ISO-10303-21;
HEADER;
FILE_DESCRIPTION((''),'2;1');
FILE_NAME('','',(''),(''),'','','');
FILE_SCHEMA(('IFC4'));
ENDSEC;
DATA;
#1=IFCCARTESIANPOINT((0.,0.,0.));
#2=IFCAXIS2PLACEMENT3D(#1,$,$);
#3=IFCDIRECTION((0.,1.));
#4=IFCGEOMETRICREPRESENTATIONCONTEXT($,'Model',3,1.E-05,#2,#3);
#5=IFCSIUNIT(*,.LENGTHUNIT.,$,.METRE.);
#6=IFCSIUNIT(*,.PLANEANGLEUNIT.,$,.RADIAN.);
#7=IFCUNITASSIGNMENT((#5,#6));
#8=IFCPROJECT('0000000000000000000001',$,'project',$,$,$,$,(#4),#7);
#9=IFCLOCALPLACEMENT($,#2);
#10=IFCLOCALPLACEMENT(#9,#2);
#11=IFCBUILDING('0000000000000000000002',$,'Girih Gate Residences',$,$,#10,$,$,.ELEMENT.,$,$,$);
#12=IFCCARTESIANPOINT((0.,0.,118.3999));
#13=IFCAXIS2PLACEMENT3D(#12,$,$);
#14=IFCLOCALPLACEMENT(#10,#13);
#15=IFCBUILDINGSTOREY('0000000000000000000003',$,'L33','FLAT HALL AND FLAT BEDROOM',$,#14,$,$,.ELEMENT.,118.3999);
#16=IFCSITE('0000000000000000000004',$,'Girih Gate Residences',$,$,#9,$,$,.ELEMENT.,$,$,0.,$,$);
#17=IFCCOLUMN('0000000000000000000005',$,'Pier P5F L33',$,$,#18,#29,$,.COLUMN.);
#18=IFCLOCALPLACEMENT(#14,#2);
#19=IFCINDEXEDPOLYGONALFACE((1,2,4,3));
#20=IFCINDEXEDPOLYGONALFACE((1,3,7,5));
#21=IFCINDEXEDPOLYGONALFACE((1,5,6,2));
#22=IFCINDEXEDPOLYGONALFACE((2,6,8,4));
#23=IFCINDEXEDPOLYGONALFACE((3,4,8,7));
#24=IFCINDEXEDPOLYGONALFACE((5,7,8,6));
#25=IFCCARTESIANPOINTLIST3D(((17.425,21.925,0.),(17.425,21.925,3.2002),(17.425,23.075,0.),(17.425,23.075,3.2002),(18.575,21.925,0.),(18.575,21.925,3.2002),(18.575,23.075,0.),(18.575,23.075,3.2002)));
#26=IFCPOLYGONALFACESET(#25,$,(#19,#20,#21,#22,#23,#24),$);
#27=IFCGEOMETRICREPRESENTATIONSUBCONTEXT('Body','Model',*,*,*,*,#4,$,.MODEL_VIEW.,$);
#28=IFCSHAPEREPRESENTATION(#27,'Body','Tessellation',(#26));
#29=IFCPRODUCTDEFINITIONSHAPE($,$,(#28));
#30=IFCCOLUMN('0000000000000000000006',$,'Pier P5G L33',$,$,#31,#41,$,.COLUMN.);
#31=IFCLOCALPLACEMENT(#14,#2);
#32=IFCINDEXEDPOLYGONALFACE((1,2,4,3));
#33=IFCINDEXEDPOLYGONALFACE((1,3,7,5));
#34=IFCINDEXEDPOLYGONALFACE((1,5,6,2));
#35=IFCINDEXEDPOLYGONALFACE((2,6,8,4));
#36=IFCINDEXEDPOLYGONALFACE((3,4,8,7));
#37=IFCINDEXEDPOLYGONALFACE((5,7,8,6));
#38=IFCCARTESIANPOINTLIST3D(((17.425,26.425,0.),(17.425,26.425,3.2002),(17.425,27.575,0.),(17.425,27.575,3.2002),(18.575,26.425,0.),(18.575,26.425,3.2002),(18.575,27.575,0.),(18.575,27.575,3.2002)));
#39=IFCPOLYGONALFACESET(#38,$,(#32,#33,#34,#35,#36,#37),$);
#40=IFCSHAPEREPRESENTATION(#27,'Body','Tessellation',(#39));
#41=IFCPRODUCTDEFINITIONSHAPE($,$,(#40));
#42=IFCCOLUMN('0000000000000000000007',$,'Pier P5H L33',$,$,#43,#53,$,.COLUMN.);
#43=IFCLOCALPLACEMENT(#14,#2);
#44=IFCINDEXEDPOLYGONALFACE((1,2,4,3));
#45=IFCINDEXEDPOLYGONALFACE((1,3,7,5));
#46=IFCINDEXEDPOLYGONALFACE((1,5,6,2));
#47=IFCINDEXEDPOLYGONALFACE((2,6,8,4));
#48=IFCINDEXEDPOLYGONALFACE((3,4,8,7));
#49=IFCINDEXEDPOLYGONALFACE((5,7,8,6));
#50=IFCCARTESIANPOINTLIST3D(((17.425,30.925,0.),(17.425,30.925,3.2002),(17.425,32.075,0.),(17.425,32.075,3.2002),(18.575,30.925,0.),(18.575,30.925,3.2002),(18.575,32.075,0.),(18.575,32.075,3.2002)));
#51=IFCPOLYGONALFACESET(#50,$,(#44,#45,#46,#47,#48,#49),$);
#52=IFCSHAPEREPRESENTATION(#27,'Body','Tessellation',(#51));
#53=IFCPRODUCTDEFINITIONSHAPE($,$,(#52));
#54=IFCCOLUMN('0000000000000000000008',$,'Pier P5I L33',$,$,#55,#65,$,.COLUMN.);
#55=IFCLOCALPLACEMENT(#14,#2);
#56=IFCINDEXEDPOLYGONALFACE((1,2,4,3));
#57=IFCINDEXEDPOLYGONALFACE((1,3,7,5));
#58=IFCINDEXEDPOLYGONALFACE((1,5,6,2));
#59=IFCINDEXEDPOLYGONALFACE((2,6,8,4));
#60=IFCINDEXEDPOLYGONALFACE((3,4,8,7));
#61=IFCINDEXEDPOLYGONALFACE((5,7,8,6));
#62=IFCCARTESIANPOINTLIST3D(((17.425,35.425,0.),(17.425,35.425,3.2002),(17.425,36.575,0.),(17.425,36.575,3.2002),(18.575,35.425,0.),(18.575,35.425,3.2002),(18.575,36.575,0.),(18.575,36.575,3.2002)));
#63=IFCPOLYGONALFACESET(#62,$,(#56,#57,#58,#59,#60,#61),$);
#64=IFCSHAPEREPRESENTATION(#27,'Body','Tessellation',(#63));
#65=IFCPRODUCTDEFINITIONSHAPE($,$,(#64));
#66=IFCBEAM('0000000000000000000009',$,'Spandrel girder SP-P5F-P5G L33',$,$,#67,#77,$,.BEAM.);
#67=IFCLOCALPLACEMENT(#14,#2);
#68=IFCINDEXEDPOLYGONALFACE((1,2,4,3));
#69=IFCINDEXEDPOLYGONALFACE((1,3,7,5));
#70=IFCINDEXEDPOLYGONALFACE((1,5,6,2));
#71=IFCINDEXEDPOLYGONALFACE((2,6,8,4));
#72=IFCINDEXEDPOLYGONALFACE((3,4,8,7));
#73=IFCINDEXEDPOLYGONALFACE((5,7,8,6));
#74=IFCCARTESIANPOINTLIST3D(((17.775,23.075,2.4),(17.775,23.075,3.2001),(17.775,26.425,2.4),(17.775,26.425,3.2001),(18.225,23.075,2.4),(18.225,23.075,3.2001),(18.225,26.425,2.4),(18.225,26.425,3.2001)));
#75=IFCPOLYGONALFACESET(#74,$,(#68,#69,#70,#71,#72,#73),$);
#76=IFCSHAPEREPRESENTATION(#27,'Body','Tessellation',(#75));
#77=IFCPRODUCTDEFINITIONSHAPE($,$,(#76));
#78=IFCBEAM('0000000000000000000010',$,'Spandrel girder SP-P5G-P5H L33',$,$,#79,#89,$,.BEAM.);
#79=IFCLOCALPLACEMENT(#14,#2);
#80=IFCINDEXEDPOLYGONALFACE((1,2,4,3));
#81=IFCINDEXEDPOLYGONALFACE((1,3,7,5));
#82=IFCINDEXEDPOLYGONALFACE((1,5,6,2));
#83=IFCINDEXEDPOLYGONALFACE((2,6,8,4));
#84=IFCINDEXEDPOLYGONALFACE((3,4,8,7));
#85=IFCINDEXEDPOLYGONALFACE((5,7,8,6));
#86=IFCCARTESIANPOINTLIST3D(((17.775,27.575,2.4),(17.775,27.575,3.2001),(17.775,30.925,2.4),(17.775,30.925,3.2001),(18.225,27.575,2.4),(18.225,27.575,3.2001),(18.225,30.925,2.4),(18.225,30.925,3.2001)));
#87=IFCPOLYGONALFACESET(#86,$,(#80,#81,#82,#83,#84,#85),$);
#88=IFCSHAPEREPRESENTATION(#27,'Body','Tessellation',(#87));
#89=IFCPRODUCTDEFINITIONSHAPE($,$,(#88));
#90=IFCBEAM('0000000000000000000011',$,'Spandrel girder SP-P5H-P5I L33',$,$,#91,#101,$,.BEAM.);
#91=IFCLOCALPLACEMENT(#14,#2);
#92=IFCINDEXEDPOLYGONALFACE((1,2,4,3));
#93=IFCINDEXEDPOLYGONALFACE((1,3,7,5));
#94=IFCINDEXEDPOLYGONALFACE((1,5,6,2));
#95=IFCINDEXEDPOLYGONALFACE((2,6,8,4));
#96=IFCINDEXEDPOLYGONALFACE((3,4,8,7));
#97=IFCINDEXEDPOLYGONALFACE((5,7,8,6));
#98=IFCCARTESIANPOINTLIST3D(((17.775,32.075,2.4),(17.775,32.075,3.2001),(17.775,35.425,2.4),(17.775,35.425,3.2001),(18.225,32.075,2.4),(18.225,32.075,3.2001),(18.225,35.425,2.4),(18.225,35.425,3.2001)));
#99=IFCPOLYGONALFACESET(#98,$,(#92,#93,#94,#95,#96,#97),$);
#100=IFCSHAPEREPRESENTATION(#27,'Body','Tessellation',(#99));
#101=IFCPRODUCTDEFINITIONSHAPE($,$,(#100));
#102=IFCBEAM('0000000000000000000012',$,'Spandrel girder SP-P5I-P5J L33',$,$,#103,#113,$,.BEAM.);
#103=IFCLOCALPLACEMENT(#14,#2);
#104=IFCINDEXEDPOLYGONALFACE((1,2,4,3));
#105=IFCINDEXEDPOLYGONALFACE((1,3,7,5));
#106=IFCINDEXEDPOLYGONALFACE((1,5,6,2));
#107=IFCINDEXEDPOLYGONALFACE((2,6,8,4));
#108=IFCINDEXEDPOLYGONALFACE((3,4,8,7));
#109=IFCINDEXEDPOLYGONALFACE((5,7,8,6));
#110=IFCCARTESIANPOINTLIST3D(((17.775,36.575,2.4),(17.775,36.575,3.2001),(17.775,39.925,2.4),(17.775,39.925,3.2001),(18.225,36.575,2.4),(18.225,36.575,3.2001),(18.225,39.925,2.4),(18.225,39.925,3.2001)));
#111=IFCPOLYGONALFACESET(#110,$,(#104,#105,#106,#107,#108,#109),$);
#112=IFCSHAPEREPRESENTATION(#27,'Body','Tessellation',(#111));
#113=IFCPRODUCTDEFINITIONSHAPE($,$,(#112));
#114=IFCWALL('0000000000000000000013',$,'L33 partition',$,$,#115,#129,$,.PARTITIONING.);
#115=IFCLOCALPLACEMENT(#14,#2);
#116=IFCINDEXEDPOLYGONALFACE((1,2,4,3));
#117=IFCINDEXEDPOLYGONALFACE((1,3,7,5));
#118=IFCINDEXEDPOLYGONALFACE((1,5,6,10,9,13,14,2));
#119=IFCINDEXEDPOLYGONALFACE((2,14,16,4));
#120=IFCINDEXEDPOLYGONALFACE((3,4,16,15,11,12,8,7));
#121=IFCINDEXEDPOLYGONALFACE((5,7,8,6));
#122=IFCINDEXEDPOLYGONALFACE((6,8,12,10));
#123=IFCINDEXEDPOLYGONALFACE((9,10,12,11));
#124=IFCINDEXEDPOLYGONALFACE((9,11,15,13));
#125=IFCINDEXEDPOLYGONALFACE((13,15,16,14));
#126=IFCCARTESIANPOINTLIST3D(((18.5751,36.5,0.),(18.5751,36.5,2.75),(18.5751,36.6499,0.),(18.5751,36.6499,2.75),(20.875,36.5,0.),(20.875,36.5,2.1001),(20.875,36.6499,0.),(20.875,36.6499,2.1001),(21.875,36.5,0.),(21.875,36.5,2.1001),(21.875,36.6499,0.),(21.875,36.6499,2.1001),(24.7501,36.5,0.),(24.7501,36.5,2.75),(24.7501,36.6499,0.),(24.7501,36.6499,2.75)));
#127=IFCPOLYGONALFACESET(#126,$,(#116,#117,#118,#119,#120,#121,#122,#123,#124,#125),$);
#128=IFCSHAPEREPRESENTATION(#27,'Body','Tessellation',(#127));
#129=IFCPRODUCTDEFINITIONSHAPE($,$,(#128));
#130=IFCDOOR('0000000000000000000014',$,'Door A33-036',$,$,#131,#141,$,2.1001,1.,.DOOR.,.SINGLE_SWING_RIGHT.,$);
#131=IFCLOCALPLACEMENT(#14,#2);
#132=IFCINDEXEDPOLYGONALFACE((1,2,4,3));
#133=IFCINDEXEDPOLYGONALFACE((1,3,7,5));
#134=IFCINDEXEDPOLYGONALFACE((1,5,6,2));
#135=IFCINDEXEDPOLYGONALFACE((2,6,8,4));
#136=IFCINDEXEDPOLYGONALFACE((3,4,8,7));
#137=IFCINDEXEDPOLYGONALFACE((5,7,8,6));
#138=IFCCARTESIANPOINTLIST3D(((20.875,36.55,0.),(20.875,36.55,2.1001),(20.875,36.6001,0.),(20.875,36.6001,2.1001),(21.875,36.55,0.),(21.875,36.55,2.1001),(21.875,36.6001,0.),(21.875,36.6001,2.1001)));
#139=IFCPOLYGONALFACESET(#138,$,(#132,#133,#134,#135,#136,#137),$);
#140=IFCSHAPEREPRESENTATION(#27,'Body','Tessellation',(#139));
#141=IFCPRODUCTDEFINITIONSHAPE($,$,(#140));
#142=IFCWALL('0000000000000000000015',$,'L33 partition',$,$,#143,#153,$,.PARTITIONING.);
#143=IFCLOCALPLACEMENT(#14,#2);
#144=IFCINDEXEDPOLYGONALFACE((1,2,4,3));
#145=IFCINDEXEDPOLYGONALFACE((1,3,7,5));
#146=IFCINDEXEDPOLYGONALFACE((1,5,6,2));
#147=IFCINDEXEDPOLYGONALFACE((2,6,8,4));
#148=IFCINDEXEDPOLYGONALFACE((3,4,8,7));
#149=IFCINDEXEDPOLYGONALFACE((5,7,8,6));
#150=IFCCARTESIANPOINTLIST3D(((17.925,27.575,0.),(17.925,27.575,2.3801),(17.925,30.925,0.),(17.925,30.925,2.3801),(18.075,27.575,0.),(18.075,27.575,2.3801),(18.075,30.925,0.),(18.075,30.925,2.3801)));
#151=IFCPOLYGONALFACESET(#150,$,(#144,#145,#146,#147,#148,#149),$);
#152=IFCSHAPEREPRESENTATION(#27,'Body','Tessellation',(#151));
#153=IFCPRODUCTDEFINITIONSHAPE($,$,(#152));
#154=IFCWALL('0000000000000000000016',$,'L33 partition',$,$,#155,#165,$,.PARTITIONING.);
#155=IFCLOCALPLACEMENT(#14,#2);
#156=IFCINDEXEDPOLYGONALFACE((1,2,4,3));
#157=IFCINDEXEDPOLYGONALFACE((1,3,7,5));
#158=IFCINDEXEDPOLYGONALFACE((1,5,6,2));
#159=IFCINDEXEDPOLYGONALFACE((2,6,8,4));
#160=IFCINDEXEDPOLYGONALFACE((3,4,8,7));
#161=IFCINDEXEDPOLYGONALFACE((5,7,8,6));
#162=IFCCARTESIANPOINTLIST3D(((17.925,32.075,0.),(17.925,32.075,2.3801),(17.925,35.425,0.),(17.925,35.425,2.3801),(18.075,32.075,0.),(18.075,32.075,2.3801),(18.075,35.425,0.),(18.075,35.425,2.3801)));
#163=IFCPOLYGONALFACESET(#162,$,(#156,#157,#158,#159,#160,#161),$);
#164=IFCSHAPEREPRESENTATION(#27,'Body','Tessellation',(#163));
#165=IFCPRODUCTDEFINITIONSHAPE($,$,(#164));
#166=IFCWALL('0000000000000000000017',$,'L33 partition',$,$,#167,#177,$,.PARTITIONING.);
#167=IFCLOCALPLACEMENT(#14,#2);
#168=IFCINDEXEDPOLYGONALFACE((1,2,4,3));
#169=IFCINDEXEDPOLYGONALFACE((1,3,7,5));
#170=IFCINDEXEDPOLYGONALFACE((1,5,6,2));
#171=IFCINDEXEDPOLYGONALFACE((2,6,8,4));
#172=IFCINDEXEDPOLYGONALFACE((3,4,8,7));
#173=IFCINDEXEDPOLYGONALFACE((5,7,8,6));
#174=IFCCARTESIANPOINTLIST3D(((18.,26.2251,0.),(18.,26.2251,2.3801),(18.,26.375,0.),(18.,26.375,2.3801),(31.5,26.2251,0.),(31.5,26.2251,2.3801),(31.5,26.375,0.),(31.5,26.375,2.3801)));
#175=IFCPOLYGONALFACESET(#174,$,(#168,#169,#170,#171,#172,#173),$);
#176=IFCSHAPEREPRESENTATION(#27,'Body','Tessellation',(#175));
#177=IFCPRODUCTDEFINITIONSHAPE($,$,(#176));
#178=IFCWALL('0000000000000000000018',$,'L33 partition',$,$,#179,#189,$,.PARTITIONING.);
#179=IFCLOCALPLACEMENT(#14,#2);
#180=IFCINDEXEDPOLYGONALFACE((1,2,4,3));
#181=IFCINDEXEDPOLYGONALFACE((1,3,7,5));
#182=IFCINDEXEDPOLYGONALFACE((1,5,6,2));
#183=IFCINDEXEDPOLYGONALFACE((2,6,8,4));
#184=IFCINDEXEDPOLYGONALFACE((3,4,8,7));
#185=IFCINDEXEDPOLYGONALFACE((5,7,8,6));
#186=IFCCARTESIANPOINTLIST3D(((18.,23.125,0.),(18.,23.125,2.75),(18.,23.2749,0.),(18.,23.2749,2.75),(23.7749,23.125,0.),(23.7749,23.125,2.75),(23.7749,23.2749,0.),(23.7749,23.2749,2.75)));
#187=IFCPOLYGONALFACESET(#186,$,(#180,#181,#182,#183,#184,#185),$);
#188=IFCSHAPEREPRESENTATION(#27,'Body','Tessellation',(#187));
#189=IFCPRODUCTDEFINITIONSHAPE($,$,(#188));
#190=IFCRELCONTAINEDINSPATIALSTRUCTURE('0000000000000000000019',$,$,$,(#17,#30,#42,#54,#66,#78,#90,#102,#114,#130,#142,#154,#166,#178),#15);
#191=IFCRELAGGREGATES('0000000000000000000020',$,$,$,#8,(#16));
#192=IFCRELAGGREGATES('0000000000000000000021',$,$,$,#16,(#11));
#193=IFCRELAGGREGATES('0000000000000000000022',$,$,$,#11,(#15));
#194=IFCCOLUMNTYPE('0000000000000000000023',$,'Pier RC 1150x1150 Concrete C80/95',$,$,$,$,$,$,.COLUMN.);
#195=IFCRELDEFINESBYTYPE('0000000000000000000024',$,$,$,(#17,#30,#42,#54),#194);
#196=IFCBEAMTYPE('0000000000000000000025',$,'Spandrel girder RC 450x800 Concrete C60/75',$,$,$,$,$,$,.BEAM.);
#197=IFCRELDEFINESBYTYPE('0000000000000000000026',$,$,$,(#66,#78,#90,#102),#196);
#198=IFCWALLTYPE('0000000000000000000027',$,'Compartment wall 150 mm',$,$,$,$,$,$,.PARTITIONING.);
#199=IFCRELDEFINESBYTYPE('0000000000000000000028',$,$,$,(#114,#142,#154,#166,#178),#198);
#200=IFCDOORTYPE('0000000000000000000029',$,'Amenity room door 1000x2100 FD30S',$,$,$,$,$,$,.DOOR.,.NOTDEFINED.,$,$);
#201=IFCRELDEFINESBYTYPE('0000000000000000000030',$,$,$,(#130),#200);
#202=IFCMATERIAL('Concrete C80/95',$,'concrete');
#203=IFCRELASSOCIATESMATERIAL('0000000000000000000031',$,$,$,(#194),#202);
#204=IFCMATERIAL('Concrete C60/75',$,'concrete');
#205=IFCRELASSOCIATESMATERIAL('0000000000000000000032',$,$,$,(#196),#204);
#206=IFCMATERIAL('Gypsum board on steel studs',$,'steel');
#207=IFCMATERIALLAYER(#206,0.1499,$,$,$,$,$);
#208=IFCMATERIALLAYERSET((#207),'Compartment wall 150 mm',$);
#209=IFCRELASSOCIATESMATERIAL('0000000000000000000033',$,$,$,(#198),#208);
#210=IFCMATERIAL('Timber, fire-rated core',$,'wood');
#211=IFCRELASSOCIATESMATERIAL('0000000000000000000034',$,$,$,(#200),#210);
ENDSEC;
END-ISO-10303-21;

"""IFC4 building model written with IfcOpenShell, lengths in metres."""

from ifc_helpers import new_model, si_unit, direction, frame, frame_2d, origin, origin_2d, place, context, subcontext, project, spatial, rectangle, extrude, material, layer, layer_set, material_profile, profile_set, type_object, element, fill, save


model = new_model("IFC4")

# Units and contexts
model_context = context("Model", 3, precision=1e-05, world=origin(), true_north=direction((0.0, 1.0)))
body_context = subcontext(model_context, "Body", "Model", "MODEL_VIEW")
ifc_project = project(units=[si_unit("LENGTHUNIT", "METRE"), si_unit("PLANEANGLEUNIT", "RADIAN")], contexts=[model_context])

# Site, building, storey
site_placement = place(None, origin())
site = spatial("IfcSite", under=ifc_project, at=site_placement, Name="Girih Gate Residences", CompositionType="ELEMENT", RefElevation=0.0)
building_placement = place(site_placement, origin())
building = spatial("IfcBuilding", under=site, at=building_placement, Name="Girih Gate Residences", CompositionType="ELEMENT")
storey_placement = place(building_placement, frame((0.0, 0.0, 118.3999)))
storey = spatial("IfcBuildingStorey", under=building, at=storey_placement, Name="L33", Description="FLAT HALL AND FLAT BEDROOM", CompositionType="ELEMENT", Elevation=118.3999)

# Columns
ifc_material_1 = material(Name="Concrete C80/95", Category="concrete")
ifc_material_profile_1 = material_profile(ifc_material_1, rectangle(XDim=1.1499, YDim=1.1499, at=origin_2d()))
ifc_profile_set_1 = profile_set([ifc_material_profile_1], Name="Concrete C80/95")
column_type = type_object("IfcColumnType", Name="Pier RC 1150x1150 Concrete C80/95", PredefinedType="COLUMN", material=ifc_profile_set_1)
for number, where, z_axis, x_axis, name in (
    (1, (18.0, 22.5, 0.0), (0.0, 0.0, 1.0), (1.0, 0.0, 0.0), "Pier P5F L33"),
    (2, (18.0, 27.0, 0.0), (0.0, 0.0, 1.0), (1.0, 0.0, 0.0), "Pier P5G L33"),
    (3, (18.0, 31.5, 0.0), (0.0, 0.0, 1.0), (1.0, 0.0, 0.0), "Pier P5H L33"),
    (4, (18.0, 36.0, 0.0), (0.0, 0.0, 1.0), (1.0, 0.0, 0.0), "Pier P5I L33"),
):
    element("IfcColumn", number, at=place(storey_placement, frame(where, z_axis=z_axis, x_axis=x_axis)), inside=storey, type_object=column_type, Name=name, PredefinedType="COLUMN", context=body_context, shape_type="SweptSolid", body=[
        extrude(rectangle(XDim=1.1499, YDim=1.1499, at=origin_2d()), origin(), (0.0, 0.0, 1.0), 3.2002),
    ])

# Beams
ifc_material_2 = material(Name="Concrete C60/75", Category="concrete")
ifc_material_profile_2 = material_profile(ifc_material_2, rectangle(XDim=0.45, YDim=0.8, at=origin_2d()))
ifc_profile_set_2 = profile_set([ifc_material_profile_2], Name="Concrete C60/75")
beam_type = type_object("IfcBeamType", Name="Spandrel girder RC 450x800 Concrete C60/75", PredefinedType="BEAM", material=ifc_profile_set_2)
for number, where, z_axis, x_axis, name in (
    (5, (18.0, 23.075, 2.8), (0.0, 1.0, 0.0), (-1.0, 0.0, 0.0), "Spandrel girder SP-P5F-P5G L33"),
    (6, (18.0, 27.575, 2.8), (0.0, 1.0, 0.0), (-1.0, 0.0, 0.0), "Spandrel girder SP-P5G-P5H L33"),
    (7, (18.0, 32.075, 2.8), (0.0, 1.0, 0.0), (-1.0, 0.0, 0.0), "Spandrel girder SP-P5H-P5I L33"),
    (8, (18.0, 36.575, 2.8), (0.0, 1.0, 0.0), (-1.0, 0.0, 0.0), "Spandrel girder SP-P5I-P5J L33"),
):
    element("IfcBeam", number, at=place(storey_placement, frame(where, z_axis=z_axis, x_axis=x_axis)), inside=storey, type_object=beam_type, Name=name, PredefinedType="BEAM", context=body_context, shape_type="SweptSolid", body=[
        extrude(rectangle(XDim=0.45, YDim=0.8, at=origin_2d()), origin(), (0.0, 0.0, 1.0), 3.3501),
    ])

# Wall, opening, door
ifc_material_3 = material(Name="Gypsum board on steel studs", Category="steel")
ifc_layer_1 = layer(ifc_material_3, 0.1499)
ifc_layer_set_1 = layer_set([ifc_layer_1], Name="Compartment wall 150 mm")
wall_type_1 = type_object("IfcWallType", Name="Compartment wall 150 mm", PredefinedType="PARTITIONING", material=ifc_layer_set_1)
wall_1_placement = place(storey_placement, frame((24.75, 36.575, 0.0), z_axis=(0.0, 0.0, 1.0), x_axis=(-1.0, 0.0, 0.0)))
wall_1 = element("IfcWall", 9, at=wall_1_placement, inside=storey, type_object=wall_type_1, Name="L33 partition", PredefinedType="PARTITIONING", context=body_context, shape_type="SweptSolid", body=[
    extrude(rectangle(XDim=6.175, YDim=0.1499, at=frame_2d((3.0874, 0.0))), origin(), (0.0, 0.0, 1.0), 2.75),
])
opening_1_placement = place(wall_1_placement, frame((2.875, 0.0, 0.0)))
opening_1 = element("IfcOpeningElement", 10, at=opening_1_placement, cuts=wall_1, PredefinedType="OPENING", context=body_context, shape_type="SweptSolid", body=[
    extrude(rectangle(XDim=1.0, YDim=2.1001, at=frame_2d((0.5, 1.05))), frame((0.0, 0.085, 0.0), z_axis=(0.0, -1.0, 0.0), x_axis=(1.0, 0.0, 0.0)), (0.0, 0.0, 1.0), 0.1699),
])
ifc_material_4 = material(Name="Timber, fire-rated core", Category="wood")
door_type_1 = type_object("IfcDoorType", Name="Amenity room door 1000x2100 FD30S", OperationType="NOTDEFINED", PredefinedType="DOOR", material=ifc_material_4)
door_1_placement = place(opening_1_placement, origin())
door_1 = element("IfcDoor", 11, at=door_1_placement, inside=storey, type_object=door_type_1, Name="Door A33-036", OperationType="SINGLE_SWING_RIGHT", OverallHeight=2.1001, OverallWidth=1.0, PredefinedType="DOOR", context=body_context, shape_type="SweptSolid", body=[
    extrude(rectangle(XDim=1.0, YDim=2.1001, at=frame_2d((0.5, 1.05))), frame((0.0, 0.0249, 0.0), z_axis=(0.0, -1.0, 0.0), x_axis=(1.0, 0.0, 0.0)), (0.0, 0.0, 1.0), 0.05),
])
fill(opening_1, door_1)

# Walls
for number, where, z_axis, x_axis, name in (
    (12, (18.0, 27.575, 0.0), (0.0, 0.0, 1.0), (0.0, 1.0, 0.0), "L33 partition"),
    (13, (18.0, 32.075, 0.0), (0.0, 0.0, 1.0), (0.0, 1.0, 0.0), "L33 partition"),
):
    element("IfcWall", number, at=place(storey_placement, frame(where, z_axis=z_axis, x_axis=x_axis)), inside=storey, type_object=wall_type_1, Name=name, PredefinedType="PARTITIONING", context=body_context, shape_type="SweptSolid", body=[
        extrude(rectangle(XDim=3.3501, YDim=0.1499, at=frame_2d((1.675, 0.0))), origin(), (0.0, 0.0, 1.0), 2.3801),
    ])
wall_2_placement = place(storey_placement, frame((18.0, 26.3, 0.0), z_axis=(0.0, 0.0, 1.0), x_axis=(1.0, 0.0, 0.0)))
element("IfcWall", 14, at=wall_2_placement, inside=storey, type_object=wall_type_1, Name="L33 partition", PredefinedType="PARTITIONING", context=body_context, shape_type="SweptSolid", body=[
    extrude(rectangle(XDim=13.5, YDim=0.1499, at=frame_2d((6.75, 0.0))), origin(), (0.0, 0.0, 1.0), 2.3801),
])
wall_3_placement = place(storey_placement, frame((18.0, 23.2, 0.0), z_axis=(0.0, 0.0, 1.0), x_axis=(1.0, 0.0, 0.0)))
element("IfcWall", 15, at=wall_3_placement, inside=storey, type_object=wall_type_1, Name="L33 partition", PredefinedType="PARTITIONING", context=body_context, shape_type="SweptSolid", body=[
    extrude(rectangle(XDim=5.7749, YDim=0.1499, at=frame_2d((2.8875, 0.0))), origin(), (0.0, 0.0, 1.0), 2.75),
])

save(model, "model.ifc")
